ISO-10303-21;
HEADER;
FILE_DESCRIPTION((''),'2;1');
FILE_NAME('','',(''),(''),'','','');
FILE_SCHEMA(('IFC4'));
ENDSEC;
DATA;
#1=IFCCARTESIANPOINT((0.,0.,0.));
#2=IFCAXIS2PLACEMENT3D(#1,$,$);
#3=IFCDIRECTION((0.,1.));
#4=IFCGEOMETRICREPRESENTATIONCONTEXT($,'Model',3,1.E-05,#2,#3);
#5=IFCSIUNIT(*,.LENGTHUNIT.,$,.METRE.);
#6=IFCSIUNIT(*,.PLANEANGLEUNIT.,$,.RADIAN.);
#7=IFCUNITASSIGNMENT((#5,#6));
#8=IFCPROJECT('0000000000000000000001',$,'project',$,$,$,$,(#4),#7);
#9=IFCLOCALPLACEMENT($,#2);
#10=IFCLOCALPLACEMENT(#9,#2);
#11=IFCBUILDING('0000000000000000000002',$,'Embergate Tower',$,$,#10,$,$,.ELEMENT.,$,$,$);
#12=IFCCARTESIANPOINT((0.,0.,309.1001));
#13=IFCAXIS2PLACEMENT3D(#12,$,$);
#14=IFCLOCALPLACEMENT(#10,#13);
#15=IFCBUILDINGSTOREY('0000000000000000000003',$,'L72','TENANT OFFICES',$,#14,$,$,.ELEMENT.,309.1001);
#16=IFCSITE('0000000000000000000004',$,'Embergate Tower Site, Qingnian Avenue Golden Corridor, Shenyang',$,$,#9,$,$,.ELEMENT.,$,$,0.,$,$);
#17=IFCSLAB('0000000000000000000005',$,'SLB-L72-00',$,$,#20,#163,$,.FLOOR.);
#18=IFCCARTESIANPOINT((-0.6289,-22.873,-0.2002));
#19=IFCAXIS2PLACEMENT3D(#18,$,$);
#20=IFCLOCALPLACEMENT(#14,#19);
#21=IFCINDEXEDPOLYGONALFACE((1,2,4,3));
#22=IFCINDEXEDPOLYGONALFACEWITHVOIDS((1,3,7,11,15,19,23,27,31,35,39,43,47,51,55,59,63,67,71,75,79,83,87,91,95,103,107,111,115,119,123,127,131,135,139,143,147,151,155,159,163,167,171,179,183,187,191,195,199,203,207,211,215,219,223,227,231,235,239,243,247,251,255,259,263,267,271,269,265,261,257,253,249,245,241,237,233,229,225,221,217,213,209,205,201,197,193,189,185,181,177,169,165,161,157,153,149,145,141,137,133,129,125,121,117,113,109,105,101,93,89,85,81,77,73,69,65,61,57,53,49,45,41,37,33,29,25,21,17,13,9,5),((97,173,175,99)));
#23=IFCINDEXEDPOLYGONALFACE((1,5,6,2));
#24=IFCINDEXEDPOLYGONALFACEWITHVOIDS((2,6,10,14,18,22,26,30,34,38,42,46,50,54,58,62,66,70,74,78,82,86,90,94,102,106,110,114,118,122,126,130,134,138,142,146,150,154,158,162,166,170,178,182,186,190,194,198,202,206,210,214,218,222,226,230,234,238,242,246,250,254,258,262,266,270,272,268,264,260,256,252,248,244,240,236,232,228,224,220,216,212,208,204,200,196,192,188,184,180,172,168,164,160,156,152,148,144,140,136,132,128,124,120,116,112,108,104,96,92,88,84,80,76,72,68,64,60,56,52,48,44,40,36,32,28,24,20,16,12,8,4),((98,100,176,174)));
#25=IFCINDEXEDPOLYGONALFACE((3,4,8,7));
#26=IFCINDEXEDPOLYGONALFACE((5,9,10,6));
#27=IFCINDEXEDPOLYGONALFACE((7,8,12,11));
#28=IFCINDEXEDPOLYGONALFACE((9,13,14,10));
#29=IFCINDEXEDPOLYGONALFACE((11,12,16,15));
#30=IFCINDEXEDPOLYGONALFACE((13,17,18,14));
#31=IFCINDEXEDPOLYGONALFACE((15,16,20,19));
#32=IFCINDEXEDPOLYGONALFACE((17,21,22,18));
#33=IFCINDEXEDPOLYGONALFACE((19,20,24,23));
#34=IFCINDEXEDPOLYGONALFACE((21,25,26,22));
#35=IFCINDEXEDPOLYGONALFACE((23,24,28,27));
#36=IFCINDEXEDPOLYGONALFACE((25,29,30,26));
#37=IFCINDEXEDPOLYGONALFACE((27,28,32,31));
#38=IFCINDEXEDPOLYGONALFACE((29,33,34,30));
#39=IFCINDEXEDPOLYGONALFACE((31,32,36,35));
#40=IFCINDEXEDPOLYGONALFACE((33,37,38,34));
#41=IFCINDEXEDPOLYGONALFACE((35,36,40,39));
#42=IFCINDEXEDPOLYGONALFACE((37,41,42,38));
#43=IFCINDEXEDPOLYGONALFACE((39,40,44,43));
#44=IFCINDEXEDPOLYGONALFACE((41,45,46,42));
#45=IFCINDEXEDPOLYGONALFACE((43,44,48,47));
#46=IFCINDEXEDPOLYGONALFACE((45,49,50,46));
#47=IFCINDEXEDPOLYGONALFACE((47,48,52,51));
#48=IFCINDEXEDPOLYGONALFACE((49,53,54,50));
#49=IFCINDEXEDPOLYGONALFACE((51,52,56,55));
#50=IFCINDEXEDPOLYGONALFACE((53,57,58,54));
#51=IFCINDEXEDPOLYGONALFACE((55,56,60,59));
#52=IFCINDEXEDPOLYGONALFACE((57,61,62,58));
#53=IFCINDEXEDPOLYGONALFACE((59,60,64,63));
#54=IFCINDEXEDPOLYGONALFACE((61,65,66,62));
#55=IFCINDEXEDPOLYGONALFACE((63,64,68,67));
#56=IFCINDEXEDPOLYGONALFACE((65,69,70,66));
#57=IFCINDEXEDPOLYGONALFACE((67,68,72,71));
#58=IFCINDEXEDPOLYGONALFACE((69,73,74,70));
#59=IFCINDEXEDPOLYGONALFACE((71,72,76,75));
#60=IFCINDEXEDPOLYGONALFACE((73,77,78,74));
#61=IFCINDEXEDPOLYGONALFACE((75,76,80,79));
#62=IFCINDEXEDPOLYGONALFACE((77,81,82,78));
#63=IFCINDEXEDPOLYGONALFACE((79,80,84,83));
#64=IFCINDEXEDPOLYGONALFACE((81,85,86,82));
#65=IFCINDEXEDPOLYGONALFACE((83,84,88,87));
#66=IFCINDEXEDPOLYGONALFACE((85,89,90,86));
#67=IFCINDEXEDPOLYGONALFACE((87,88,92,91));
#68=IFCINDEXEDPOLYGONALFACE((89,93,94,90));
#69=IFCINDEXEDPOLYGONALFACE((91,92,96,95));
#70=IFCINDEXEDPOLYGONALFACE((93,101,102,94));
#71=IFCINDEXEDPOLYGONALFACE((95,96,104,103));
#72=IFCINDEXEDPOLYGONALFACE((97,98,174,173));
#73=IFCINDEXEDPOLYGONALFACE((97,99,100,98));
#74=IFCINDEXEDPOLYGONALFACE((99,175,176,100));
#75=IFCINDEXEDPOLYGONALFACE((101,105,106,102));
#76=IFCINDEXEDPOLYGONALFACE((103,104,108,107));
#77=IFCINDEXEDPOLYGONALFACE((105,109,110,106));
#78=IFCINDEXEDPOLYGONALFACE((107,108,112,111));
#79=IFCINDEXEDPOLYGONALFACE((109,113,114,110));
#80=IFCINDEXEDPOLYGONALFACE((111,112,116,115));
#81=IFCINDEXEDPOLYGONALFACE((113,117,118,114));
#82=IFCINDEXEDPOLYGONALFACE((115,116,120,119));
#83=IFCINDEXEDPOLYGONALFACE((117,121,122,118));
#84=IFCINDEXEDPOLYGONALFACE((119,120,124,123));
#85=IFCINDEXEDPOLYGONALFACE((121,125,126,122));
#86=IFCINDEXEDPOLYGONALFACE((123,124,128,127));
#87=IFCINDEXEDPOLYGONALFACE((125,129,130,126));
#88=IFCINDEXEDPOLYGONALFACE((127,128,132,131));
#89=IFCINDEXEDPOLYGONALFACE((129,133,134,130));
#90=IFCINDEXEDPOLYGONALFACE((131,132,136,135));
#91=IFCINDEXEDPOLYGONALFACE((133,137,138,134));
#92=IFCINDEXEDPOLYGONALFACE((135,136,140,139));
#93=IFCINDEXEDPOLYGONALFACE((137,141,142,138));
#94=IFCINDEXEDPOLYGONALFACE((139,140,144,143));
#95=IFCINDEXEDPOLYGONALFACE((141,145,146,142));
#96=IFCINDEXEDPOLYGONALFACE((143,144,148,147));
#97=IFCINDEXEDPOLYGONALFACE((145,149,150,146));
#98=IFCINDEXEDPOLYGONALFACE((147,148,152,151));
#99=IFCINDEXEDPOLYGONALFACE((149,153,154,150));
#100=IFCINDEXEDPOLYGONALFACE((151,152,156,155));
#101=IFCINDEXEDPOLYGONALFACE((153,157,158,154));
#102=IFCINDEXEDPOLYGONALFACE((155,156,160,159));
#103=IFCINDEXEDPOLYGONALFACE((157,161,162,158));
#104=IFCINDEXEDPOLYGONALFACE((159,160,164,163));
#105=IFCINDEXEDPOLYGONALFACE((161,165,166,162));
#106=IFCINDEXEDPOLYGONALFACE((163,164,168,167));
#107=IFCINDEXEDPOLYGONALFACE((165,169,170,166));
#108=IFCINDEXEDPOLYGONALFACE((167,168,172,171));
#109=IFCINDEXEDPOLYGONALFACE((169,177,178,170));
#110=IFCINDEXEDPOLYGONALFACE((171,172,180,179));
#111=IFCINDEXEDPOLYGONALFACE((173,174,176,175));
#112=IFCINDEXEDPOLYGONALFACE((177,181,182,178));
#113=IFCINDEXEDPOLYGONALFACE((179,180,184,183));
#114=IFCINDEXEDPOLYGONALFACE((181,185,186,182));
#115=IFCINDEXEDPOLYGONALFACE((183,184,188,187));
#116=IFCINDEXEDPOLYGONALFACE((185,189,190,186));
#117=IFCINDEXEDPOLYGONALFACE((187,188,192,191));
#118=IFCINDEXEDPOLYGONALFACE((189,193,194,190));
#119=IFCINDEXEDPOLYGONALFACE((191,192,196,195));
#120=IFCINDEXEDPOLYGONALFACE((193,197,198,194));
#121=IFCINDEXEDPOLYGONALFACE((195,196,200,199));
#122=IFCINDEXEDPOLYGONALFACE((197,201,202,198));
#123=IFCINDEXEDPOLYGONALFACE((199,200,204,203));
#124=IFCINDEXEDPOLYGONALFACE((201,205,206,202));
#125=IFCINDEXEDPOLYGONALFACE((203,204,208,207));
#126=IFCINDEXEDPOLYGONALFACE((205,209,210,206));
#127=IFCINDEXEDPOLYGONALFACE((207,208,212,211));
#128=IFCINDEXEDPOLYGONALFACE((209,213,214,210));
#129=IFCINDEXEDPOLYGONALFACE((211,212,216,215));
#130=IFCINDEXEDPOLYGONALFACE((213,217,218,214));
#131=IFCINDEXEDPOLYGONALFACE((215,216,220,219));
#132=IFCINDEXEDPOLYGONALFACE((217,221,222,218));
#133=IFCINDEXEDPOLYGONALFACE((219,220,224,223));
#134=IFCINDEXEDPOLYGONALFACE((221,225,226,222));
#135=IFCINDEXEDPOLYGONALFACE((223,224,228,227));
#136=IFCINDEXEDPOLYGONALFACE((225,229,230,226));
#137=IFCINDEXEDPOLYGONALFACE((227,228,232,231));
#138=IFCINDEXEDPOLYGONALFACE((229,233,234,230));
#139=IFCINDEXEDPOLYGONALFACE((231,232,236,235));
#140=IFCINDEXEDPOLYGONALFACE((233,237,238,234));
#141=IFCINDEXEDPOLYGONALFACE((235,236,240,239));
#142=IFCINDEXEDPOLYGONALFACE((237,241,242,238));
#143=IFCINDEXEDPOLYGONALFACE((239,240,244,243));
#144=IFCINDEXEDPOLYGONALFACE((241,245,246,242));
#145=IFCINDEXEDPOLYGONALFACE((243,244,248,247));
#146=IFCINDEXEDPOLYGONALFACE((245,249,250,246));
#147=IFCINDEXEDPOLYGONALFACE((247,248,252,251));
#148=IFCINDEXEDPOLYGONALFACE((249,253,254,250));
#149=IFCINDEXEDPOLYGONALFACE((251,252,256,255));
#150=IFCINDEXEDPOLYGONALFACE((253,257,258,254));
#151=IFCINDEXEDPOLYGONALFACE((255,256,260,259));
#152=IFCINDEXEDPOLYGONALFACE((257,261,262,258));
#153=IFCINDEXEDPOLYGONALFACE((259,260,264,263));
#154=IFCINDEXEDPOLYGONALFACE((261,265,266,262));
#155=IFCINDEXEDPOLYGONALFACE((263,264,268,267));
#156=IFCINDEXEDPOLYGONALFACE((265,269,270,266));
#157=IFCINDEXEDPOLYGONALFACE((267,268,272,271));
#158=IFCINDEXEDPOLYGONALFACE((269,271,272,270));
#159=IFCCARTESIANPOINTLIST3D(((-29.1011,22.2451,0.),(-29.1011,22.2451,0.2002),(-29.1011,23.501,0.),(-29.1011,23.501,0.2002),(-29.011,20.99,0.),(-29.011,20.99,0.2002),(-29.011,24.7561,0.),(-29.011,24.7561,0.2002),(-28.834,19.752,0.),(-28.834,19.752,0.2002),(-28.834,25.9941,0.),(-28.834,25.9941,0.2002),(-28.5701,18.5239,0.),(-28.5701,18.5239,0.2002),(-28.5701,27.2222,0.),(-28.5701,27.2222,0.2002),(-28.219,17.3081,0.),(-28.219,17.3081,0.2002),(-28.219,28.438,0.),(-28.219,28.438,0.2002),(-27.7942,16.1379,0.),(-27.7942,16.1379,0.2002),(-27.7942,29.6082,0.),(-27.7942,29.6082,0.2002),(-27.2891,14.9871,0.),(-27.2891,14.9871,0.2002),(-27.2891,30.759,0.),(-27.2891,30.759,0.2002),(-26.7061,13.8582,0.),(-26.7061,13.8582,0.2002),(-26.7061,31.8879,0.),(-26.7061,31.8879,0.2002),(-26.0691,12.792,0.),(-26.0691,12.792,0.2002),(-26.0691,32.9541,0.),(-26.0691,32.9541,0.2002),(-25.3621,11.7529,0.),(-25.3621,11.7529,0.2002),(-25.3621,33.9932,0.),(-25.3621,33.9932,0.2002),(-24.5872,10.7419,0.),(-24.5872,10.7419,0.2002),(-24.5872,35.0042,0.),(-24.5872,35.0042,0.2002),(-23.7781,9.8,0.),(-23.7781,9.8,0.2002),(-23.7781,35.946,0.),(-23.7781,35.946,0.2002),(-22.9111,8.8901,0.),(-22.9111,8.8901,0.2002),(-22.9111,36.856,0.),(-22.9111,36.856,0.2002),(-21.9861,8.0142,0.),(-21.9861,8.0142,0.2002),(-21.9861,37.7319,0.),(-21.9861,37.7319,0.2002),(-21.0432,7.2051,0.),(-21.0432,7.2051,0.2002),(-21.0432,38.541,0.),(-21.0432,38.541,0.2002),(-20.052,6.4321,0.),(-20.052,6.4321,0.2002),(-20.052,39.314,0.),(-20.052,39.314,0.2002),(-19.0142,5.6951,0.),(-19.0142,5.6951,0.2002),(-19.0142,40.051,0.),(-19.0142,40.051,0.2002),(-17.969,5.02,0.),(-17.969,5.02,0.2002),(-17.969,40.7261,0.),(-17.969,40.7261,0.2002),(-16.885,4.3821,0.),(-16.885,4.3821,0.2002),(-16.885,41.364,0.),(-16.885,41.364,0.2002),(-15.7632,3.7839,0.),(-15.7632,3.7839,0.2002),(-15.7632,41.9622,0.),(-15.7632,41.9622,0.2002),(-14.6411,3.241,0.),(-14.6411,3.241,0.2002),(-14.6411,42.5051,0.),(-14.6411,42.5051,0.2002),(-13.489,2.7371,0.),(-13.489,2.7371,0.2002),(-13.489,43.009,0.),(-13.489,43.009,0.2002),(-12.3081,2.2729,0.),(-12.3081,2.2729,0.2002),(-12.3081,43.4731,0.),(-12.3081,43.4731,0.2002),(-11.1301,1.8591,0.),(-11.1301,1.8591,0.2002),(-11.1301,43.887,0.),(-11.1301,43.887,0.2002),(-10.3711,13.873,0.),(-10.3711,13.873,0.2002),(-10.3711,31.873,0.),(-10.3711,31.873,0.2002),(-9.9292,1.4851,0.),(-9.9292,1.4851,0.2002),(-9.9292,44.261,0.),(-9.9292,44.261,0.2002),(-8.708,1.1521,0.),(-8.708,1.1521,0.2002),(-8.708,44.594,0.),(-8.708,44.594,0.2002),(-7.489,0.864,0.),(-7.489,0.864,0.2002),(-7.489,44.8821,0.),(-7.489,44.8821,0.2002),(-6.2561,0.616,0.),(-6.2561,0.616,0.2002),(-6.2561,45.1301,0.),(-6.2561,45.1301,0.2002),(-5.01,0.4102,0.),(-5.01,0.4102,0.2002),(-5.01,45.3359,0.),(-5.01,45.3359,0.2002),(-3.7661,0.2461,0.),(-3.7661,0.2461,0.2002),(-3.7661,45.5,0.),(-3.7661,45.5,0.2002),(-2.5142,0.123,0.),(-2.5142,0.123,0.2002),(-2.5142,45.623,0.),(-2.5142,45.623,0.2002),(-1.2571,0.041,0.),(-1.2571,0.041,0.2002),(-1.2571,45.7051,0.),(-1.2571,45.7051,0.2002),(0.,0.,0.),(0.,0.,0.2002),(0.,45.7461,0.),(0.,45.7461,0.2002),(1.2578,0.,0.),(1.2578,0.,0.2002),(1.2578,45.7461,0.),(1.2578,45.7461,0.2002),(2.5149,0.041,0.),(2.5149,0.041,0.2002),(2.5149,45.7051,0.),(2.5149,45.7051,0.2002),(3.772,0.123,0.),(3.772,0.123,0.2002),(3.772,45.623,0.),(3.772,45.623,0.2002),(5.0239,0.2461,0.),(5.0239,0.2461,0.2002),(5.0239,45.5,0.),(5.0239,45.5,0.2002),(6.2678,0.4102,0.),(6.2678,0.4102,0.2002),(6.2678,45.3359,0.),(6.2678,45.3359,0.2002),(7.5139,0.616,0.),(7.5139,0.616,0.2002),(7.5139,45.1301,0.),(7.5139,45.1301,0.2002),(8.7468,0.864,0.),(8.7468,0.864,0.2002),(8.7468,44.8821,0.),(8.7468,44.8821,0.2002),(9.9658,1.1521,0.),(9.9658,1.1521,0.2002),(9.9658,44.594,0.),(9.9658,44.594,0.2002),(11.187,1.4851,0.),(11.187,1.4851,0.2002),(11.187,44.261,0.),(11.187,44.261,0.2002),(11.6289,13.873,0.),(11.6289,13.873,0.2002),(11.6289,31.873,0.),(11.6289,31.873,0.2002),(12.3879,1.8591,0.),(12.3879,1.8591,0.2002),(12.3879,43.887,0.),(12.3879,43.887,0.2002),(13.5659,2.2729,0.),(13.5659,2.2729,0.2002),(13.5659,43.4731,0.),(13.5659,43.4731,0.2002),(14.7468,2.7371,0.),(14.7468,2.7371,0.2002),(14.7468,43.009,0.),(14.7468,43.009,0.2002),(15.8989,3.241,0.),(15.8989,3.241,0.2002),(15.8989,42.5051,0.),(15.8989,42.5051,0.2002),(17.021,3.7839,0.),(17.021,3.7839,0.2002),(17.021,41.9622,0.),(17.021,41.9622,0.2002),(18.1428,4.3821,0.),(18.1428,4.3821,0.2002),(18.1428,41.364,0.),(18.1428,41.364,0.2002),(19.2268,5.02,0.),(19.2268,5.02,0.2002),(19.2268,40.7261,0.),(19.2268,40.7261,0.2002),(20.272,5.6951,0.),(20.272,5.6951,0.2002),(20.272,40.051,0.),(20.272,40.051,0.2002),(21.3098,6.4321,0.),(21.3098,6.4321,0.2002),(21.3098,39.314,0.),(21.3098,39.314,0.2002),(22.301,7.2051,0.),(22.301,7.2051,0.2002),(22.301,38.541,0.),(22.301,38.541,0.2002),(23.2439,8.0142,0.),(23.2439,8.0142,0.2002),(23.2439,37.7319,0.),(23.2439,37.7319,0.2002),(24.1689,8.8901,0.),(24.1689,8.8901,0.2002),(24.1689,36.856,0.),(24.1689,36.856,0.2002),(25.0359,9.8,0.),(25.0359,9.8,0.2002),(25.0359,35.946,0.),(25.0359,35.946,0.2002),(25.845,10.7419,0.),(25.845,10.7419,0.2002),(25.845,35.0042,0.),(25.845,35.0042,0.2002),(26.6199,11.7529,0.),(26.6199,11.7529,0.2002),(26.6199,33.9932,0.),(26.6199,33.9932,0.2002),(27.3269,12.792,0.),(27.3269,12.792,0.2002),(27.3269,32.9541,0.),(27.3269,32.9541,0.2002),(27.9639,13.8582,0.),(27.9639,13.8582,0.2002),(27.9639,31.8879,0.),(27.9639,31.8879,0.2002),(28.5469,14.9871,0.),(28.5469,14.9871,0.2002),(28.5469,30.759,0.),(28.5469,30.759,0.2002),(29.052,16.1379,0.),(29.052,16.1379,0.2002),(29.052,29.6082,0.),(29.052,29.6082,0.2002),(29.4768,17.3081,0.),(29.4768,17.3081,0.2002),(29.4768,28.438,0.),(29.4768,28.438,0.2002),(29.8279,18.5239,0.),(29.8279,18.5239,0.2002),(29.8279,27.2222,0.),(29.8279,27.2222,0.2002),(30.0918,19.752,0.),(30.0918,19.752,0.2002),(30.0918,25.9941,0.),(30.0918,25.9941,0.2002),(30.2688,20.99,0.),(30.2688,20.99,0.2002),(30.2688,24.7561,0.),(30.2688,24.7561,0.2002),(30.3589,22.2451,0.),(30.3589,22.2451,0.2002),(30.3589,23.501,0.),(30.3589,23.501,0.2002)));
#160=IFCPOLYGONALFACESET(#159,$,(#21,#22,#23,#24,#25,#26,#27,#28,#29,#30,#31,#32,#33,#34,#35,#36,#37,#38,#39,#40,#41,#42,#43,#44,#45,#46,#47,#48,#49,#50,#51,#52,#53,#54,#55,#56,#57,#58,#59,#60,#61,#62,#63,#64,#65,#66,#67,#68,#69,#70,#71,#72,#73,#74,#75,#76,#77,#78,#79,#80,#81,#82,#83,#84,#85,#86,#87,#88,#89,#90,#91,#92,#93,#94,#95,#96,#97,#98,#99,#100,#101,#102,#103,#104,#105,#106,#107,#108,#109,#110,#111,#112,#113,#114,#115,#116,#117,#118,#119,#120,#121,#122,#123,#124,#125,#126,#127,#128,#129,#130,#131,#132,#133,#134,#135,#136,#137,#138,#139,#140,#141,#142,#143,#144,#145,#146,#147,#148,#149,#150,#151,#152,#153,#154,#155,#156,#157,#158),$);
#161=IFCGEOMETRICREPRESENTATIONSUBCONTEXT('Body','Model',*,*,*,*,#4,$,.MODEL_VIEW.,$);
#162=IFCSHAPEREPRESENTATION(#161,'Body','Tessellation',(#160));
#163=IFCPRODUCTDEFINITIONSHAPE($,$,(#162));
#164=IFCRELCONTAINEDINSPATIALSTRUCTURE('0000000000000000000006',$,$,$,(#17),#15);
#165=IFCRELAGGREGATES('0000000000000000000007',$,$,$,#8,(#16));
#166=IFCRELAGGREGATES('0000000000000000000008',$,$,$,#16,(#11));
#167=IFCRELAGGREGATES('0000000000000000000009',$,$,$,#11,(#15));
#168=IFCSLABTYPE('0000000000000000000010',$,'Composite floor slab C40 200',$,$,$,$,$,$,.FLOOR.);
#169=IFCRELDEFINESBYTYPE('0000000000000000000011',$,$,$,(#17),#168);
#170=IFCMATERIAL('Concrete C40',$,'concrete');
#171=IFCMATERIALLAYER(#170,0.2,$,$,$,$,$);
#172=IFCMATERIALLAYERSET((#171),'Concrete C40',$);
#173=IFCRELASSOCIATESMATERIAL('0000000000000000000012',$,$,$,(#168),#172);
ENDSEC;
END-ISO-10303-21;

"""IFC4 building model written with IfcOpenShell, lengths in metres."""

from ifc_helpers import new_model, si_unit, direction, frame, origin, place, context, subcontext, project, spatial, polyline, outline, extrude, source, transform, mapped, material, layer, layer_set, type_object, element, save


model = new_model("IFC4")

# Units and contexts
model_context = context("Model", 3, precision=1e-05, world=origin(), true_north=direction((0.0, 1.0)))
body_context = subcontext(model_context, "Body", "Model", "MODEL_VIEW")
ifc_project = project(units=[si_unit("LENGTHUNIT", "METRE"), si_unit("PLANEANGLEUNIT", "RADIAN")], contexts=[model_context])

# Site, building, storey
site_placement = place(None, origin())
site = spatial("IfcSite", under=ifc_project, at=site_placement, Name="Embergate Tower Site, Qingnian Avenue Golden Corridor, Shenyang", CompositionType="ELEMENT", RefElevation=0.0)
building_placement = place(site_placement, origin())
building = spatial("IfcBuilding", under=site, at=building_placement, Name="Embergate Tower", CompositionType="ELEMENT")
storey_placement = place(building_placement, frame((0.0, 0.0, 309.1001)))
storey = spatial("IfcBuildingStorey", under=building, at=storey_placement, Name="L72", Description="TENANT OFFICES", CompositionType="ELEMENT", Elevation=309.1001)

# Slab
ifc_material_1 = material(Name="Concrete C40", Category="concrete")
ifc_layer_1 = layer(ifc_material_1, 0.2)
ifc_layer_set_1 = layer_set([ifc_layer_1], Name="Concrete C40")
slab_type = type_object("IfcSlabType", Name="Composite floor slab C40 200", PredefinedType="FLOOR", material=ifc_layer_set_1)
shared_shape_1 = source(origin(), body_context, "Body", "SweptSolid", [
    extrude(outline(polyline([(0.0, 0.0), (1.2578, 0.0), (2.5149, 0.041), (3.772, 0.123), (5.0239, 0.2461), (6.2678, 0.4102), (7.5139, 0.616), (8.7468, 0.864), (9.9658, 1.1521), (11.187, 1.4851), (12.3879, 1.8591), (13.5659, 2.2729), (14.7468, 2.7371), (15.8989, 3.241), (17.021, 3.7839), (18.1428, 4.3821), (19.2268, 5.02), (20.272, 5.6951), (21.3098, 6.4321), (22.301, 7.2051), (23.2439, 8.0142), (24.1689, 8.8901), (25.0359, 9.8), (25.845, 10.7419), (26.6199, 11.7529), (27.3269, 12.792), (27.9639, 13.8582), (28.5469, 14.9871), (29.052, 16.1379), (29.4768, 17.3081), (29.8279, 18.5239), (30.0918, 19.752), (30.2688, 20.99), (30.3589, 22.2451), (30.3589, 23.501), (30.2688, 24.7561), (30.0918, 25.9941), (29.8279, 27.2222), (29.4768, 28.438), (29.052, 29.6082), (28.5469, 30.759), (27.9639, 31.8879), (27.3269, 32.9541), (26.6199, 33.9932), (25.845, 35.0042), (25.0359, 35.946), (24.1689, 36.856), (23.2439, 37.7319), (22.301, 38.541), (21.3098, 39.314), (20.272, 40.051), (19.2268, 40.7261), (18.1428, 41.364), (17.021, 41.9622), (15.8989, 42.5051), (14.7468, 43.009), (13.5659, 43.4731), (12.3879, 43.887), (11.187, 44.261), (9.9658, 44.594), (8.7468, 44.8821), (7.5139, 45.1301), (6.2678, 45.3359), (5.0239, 45.5), (3.772, 45.623), (2.5149, 45.7051), (1.2578, 45.7461), (0.0, 45.7461), (-1.2571, 45.7051), (-2.5142, 45.623), (-3.7661, 45.5), (-5.01, 45.3359), (-6.2561, 45.1301), (-7.489, 44.8821), (-8.708, 44.594), (-9.9292, 44.261), (-11.1301, 43.887), (-12.3081, 43.4731), (-13.489, 43.009), (-14.6411, 42.5051), (-15.7632, 41.9622), (-16.885, 41.364), (-17.969, 40.7261), (-19.0142, 40.051), (-20.052, 39.314), (-21.0432, 38.541), (-21.9861, 37.7319), (-22.9111, 36.856), (-23.7781, 35.946), (-24.5872, 35.0042), (-25.3621, 33.9932), (-26.0691, 32.9541), (-26.7061, 31.8879), (-27.2891, 30.759), (-27.7942, 29.6082), (-28.219, 28.438), (-28.5701, 27.2222), (-28.834, 25.9941), (-29.011, 24.7561), (-29.1011, 23.501), (-29.1011, 22.2451), (-29.011, 20.99), (-28.834, 19.752), (-28.5701, 18.5239), (-28.219, 17.3081), (-27.7942, 16.1379), (-27.2891, 14.9871), (-26.7061, 13.8582), (-26.0691, 12.792), (-25.3621, 11.7529), (-24.5872, 10.7419), (-23.7781, 9.8), (-22.9111, 8.8901), (-21.9861, 8.0142), (-21.0432, 7.2051), (-20.052, 6.4321), (-19.0142, 5.6951), (-17.969, 5.02), (-16.885, 4.3821), (-15.7632, 3.7839), (-14.6411, 3.241), (-13.489, 2.7371), (-12.3081, 2.2729), (-11.1301, 1.8591), (-9.9292, 1.4851), (-8.708, 1.1521), (-7.489, 0.864), (-6.2561, 0.616), (-5.01, 0.4102), (-3.7661, 0.2461), (-2.5142, 0.123), (-1.2571, 0.041), (0.0, 0.0)]), holes=[polyline([(-10.3711, 13.873), (-10.3711, 31.873), (11.6289, 31.873), (11.6289, 13.873), (-10.3711, 13.873)])]), origin(), (0.0, 0.0, 1.0), 0.2002),
])
slab_placement = place(storey_placement, frame((-0.6289, -22.873, -0.2002)))
element("IfcSlab", 1, at=slab_placement, inside=storey, type_object=slab_type, Name="SLB-L72-00", PredefinedType="FLOOR", context=body_context, shape_type="MappedRepresentation", body=[
    mapped(shared_shape_1, transform((0.0, 0.0, 0.0))),
])

save(model, "model.ifc")
